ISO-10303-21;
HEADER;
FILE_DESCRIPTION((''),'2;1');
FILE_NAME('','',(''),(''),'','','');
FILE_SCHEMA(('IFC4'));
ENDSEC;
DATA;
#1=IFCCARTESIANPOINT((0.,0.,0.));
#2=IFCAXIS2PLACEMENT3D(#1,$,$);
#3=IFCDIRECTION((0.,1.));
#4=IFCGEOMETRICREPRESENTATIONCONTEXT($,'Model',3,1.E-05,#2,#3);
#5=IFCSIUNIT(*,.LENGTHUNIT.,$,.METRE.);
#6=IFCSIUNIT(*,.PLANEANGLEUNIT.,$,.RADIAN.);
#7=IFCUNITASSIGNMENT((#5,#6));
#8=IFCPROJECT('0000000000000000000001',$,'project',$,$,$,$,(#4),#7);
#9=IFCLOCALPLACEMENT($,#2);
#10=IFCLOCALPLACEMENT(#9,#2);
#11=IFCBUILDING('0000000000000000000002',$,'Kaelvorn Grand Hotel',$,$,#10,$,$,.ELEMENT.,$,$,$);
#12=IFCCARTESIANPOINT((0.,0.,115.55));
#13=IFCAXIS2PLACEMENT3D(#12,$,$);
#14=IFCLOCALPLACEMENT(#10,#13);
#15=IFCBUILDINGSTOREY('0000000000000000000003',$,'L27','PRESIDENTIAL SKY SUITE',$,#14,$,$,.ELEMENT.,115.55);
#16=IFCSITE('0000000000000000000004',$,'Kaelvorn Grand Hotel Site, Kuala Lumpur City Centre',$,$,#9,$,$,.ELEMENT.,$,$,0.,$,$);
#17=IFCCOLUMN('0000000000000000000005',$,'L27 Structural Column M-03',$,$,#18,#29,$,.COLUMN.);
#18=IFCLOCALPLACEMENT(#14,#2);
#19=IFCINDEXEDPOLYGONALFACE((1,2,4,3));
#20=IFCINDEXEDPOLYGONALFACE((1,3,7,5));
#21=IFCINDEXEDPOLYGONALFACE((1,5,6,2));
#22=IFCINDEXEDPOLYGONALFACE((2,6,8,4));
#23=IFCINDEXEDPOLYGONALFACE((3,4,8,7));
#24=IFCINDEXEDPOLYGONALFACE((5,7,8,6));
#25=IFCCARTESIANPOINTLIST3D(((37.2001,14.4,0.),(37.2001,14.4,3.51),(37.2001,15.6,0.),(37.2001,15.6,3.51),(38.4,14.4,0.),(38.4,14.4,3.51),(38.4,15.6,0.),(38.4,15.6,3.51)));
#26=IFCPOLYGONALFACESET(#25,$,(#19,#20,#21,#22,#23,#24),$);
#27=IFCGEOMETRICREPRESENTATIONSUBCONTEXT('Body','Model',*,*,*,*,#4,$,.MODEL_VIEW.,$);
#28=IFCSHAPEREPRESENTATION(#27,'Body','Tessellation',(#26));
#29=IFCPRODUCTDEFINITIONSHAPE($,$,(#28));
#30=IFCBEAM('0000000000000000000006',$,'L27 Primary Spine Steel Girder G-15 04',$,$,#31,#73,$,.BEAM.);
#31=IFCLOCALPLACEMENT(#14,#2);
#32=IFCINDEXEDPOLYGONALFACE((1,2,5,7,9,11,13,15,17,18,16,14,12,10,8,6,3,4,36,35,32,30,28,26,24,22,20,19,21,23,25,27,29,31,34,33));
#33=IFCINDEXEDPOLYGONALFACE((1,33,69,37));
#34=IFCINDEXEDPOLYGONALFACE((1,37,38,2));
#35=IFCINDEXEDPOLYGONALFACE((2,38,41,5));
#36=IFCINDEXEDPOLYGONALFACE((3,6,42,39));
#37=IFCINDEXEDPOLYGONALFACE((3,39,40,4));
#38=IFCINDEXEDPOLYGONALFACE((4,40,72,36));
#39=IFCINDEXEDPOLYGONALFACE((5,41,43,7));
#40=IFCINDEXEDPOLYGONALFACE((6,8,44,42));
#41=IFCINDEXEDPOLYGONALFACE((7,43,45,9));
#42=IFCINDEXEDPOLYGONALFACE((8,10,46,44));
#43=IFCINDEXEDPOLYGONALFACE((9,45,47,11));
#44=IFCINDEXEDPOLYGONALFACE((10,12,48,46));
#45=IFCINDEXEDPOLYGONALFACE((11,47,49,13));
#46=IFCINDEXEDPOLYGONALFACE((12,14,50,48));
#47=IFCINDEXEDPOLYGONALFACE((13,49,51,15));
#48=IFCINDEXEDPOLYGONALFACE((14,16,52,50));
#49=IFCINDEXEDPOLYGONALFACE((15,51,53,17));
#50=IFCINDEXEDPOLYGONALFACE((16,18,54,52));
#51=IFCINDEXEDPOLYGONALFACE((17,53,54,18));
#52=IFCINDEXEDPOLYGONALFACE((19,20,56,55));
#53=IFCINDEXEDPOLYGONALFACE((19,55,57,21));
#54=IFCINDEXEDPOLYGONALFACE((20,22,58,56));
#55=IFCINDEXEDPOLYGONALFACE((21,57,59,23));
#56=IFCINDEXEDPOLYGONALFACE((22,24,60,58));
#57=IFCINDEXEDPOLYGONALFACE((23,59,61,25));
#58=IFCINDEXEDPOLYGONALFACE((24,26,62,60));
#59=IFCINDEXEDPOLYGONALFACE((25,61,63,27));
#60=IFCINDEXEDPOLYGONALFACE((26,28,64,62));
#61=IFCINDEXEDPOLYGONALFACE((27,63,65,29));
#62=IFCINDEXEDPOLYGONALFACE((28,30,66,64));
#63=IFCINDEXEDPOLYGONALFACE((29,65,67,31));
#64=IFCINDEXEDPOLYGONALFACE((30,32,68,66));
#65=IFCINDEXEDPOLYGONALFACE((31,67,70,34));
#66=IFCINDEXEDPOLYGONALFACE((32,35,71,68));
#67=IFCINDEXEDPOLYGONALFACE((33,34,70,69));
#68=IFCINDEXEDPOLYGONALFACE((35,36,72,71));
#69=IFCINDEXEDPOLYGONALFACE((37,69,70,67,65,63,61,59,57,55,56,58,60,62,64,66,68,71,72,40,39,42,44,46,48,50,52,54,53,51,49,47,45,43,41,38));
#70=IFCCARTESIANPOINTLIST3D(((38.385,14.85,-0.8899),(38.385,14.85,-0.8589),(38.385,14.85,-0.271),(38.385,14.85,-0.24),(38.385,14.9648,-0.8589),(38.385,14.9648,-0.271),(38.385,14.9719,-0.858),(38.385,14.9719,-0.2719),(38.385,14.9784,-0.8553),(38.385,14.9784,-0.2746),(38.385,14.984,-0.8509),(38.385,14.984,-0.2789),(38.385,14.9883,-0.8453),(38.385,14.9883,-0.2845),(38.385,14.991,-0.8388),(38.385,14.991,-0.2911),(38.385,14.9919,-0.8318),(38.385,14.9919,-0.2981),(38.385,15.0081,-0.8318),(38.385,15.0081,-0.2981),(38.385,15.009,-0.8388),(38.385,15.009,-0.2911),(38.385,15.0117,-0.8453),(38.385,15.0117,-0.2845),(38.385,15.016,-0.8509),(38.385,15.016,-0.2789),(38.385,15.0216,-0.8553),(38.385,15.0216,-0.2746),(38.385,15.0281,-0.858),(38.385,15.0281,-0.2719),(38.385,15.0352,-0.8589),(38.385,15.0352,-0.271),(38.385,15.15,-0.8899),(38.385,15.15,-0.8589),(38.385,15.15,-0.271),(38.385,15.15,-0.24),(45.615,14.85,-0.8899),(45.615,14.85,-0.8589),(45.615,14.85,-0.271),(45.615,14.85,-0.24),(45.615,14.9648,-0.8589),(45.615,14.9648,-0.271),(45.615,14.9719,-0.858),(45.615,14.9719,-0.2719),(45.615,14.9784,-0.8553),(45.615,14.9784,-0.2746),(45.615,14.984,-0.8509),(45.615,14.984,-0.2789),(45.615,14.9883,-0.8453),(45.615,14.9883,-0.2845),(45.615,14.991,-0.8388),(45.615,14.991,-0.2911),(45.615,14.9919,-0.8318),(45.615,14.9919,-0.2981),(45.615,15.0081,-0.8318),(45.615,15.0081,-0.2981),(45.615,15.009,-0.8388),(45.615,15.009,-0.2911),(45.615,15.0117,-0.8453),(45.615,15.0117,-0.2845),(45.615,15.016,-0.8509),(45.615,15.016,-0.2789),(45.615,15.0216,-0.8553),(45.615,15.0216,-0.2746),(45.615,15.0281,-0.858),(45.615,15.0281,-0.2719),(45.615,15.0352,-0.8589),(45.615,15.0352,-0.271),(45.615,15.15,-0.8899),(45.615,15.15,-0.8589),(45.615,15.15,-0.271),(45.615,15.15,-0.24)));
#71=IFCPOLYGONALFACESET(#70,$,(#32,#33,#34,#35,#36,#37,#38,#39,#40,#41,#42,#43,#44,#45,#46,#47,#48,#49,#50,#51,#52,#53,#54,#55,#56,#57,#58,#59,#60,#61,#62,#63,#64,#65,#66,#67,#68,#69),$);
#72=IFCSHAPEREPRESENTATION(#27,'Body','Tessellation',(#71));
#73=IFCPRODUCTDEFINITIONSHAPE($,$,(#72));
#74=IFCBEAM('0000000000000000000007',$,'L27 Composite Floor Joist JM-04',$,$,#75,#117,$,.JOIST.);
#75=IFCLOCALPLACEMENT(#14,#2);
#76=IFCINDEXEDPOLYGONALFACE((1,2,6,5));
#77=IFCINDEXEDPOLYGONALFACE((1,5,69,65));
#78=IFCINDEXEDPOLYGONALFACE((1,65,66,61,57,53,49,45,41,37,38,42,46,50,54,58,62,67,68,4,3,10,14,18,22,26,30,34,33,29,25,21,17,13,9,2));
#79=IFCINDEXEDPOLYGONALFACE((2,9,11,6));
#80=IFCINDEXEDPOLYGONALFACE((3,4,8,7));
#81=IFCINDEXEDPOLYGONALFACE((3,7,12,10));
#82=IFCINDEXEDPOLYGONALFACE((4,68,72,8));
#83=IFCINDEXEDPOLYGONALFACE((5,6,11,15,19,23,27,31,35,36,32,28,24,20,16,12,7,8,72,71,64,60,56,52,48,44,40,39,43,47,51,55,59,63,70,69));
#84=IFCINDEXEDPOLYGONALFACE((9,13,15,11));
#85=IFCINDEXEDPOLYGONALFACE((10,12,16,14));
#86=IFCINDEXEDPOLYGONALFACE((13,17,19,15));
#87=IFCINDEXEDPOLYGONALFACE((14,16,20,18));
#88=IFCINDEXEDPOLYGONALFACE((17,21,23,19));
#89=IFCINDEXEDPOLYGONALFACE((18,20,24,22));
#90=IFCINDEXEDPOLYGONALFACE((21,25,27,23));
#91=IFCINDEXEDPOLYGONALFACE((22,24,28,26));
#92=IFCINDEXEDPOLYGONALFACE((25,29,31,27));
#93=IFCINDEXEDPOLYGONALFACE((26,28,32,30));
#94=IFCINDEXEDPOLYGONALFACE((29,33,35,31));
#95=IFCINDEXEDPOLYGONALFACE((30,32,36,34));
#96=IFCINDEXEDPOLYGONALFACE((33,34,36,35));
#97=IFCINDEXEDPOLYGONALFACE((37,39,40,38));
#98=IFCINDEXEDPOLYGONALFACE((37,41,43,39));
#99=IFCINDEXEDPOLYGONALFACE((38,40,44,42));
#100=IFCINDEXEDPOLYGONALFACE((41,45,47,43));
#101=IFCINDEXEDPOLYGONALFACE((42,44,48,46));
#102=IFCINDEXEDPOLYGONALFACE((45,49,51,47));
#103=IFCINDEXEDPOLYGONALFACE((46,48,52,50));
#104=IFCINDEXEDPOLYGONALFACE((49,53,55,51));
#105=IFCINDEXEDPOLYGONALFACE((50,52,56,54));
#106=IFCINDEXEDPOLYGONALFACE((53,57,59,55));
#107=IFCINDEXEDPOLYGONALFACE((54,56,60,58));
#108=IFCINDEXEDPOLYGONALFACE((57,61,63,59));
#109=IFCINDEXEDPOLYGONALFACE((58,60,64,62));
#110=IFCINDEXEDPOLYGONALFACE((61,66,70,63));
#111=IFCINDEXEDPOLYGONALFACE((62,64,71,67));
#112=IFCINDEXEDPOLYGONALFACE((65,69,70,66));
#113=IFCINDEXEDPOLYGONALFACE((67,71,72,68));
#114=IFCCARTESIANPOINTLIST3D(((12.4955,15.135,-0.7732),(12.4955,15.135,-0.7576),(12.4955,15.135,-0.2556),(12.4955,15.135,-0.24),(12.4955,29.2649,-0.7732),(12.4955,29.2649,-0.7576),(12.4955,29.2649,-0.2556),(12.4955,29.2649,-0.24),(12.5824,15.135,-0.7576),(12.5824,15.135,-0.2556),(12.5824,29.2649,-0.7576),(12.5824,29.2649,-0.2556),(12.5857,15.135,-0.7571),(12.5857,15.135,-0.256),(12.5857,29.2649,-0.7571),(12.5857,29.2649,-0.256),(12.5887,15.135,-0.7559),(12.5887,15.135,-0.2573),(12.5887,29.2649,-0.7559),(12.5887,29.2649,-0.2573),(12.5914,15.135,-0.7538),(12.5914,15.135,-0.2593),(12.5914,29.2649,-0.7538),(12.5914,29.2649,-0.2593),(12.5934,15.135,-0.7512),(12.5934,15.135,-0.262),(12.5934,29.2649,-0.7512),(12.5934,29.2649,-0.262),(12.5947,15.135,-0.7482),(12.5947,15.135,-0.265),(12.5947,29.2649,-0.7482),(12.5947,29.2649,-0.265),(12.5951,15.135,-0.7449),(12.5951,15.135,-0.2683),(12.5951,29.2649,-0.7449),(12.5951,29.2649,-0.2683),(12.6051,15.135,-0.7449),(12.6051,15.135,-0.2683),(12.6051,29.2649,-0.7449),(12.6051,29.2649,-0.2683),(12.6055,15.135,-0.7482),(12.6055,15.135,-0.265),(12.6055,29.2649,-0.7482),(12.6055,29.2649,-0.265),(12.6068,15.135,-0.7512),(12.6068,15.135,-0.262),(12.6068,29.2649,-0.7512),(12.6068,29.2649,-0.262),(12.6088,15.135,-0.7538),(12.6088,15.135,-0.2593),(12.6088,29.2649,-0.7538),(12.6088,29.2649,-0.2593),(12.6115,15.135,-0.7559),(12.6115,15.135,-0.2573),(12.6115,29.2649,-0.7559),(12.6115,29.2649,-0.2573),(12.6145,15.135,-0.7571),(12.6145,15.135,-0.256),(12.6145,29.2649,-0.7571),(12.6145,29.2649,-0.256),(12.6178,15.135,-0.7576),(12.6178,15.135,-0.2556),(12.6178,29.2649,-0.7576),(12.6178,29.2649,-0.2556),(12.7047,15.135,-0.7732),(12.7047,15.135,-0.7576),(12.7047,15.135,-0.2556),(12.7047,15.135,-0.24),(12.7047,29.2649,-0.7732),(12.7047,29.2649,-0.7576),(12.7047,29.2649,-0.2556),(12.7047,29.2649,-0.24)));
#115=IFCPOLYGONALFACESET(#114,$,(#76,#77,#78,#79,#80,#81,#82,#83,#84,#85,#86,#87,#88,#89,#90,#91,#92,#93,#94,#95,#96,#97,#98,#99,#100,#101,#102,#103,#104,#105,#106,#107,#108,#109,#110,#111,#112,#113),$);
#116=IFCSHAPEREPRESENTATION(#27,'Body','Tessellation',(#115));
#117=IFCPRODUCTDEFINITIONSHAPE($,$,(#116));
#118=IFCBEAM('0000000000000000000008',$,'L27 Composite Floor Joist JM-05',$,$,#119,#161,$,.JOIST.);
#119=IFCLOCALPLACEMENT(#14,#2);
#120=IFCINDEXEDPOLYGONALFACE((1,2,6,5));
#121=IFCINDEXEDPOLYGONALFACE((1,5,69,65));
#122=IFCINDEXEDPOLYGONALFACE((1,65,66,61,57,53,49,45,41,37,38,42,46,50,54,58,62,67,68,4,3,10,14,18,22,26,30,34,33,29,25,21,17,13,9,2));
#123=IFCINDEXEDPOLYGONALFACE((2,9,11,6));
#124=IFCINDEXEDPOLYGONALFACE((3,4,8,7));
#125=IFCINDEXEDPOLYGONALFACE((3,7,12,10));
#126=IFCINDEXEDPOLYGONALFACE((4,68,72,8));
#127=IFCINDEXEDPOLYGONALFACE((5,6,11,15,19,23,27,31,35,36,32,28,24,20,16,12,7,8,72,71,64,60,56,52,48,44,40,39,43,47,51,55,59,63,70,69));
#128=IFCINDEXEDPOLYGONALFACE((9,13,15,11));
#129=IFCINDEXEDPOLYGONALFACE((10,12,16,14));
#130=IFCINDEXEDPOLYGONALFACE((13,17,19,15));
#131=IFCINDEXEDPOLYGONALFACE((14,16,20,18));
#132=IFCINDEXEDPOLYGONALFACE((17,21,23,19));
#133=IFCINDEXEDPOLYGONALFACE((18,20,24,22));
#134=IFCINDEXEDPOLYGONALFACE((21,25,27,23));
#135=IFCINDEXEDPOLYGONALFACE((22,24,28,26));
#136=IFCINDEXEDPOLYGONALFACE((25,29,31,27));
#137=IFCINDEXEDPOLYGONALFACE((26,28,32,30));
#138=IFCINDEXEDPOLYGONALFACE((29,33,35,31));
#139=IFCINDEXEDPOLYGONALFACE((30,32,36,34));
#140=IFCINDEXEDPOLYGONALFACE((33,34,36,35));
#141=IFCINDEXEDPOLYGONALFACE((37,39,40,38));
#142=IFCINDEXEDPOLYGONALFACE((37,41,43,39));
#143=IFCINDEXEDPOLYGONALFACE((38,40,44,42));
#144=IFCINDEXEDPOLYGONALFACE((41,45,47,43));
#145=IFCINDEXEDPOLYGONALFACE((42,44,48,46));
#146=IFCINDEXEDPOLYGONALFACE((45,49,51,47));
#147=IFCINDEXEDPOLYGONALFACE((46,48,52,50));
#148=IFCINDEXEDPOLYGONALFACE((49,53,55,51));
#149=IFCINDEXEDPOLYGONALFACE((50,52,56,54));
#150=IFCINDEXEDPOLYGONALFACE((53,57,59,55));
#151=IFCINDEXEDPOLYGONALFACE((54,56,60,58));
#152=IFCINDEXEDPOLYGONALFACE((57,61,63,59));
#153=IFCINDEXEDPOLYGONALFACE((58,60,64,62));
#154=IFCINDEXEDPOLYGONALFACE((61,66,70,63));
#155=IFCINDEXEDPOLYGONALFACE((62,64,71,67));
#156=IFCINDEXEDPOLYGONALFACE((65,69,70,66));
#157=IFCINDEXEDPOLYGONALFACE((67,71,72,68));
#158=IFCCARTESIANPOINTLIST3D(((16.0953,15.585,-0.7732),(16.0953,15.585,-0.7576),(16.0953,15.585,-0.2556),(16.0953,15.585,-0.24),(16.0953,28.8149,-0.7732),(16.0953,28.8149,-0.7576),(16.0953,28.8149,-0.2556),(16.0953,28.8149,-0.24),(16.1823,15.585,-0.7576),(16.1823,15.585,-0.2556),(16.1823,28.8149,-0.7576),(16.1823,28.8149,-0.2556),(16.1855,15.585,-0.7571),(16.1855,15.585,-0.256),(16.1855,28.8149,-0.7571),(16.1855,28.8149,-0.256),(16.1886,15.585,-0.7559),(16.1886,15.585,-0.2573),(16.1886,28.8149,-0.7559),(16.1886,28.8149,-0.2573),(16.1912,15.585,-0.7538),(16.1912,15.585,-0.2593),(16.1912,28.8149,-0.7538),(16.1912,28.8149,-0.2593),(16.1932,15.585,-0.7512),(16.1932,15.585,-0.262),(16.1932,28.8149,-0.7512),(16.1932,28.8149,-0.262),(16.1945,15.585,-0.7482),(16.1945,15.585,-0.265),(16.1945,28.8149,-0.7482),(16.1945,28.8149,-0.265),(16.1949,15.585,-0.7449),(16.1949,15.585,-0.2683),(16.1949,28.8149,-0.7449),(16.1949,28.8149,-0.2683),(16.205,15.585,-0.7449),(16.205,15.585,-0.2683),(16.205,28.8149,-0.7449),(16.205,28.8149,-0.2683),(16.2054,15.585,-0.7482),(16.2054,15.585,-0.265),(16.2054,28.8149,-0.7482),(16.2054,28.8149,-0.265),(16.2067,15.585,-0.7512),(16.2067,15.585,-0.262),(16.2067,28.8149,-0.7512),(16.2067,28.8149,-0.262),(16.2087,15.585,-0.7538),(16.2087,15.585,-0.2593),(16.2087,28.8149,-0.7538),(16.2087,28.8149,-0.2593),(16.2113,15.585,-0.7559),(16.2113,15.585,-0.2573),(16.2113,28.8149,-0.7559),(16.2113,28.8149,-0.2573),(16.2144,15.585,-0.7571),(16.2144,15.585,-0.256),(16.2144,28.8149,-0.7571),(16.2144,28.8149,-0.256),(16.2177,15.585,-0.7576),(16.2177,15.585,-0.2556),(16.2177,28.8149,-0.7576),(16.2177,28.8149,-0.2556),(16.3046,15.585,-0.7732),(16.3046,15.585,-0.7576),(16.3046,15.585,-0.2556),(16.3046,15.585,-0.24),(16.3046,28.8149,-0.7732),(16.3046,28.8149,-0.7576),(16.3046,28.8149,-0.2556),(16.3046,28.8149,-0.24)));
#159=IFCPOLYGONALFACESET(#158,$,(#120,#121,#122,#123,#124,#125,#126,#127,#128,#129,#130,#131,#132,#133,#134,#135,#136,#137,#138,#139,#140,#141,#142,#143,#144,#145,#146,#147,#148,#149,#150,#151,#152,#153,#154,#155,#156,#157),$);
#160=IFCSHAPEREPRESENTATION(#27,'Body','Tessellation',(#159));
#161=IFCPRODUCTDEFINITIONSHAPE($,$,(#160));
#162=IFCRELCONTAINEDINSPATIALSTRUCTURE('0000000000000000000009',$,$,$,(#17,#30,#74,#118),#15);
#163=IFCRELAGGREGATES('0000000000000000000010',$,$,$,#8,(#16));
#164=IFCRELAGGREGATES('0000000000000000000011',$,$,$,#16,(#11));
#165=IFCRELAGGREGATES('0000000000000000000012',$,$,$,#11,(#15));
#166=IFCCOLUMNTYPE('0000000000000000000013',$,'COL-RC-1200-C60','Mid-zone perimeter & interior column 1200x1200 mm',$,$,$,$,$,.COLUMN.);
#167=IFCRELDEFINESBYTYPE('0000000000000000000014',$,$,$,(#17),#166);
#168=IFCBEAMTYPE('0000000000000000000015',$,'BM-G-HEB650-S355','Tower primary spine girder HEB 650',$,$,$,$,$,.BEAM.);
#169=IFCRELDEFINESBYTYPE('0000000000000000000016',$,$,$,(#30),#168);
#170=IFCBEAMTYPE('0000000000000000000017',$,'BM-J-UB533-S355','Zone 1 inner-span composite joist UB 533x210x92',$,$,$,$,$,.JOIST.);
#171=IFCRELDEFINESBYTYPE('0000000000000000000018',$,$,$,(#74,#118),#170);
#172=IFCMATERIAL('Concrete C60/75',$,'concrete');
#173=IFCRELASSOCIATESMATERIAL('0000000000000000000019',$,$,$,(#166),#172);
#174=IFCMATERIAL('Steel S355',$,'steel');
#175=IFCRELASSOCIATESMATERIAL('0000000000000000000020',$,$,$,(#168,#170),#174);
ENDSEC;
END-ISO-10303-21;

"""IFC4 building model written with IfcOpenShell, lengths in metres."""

from ifc_helpers import new_model, si_unit, direction, frame, origin, origin_2d, place, context, subcontext, project, spatial, rectangle, i_section, extrude, material, material_profile, profile_set, type_object, element, save


model = new_model("IFC4")

# Units and contexts
model_context = context("Model", 3, precision=1e-05, world=origin(), true_north=direction((0.0, 1.0)))
body_context = subcontext(model_context, "Body", "Model", "MODEL_VIEW")
ifc_project = project(units=[si_unit("LENGTHUNIT", "METRE"), si_unit("PLANEANGLEUNIT", "RADIAN")], contexts=[model_context])

# Site, building, storey
site_placement = place(None, origin())
site = spatial("IfcSite", under=ifc_project, at=site_placement, Name="Kaelvorn Grand Hotel Site, Kuala Lumpur City Centre", CompositionType="ELEMENT", RefElevation=0.0)
building_placement = place(site_placement, origin())
building = spatial("IfcBuilding", under=site, at=building_placement, Name="Kaelvorn Grand Hotel", CompositionType="ELEMENT")
storey_placement = place(building_placement, frame((0.0, 0.0, 115.55)))
storey = spatial("IfcBuildingStorey", under=building, at=storey_placement, Name="L27", Description="PRESIDENTIAL SKY SUITE", CompositionType="ELEMENT", Elevation=115.55)

# Column
ifc_material_1 = material(Name="Concrete C60/75", Category="concrete")
ifc_material_profile_1 = material_profile(ifc_material_1, rectangle(XDim=1.2, YDim=1.2, at=origin_2d()), Name="RC COL 1200x1200")
ifc_profile_set_1 = profile_set([ifc_material_profile_1], Name="Concrete C60/75")
column_type = type_object("IfcColumnType", Name="COL-RC-1200-C60", Description="Mid-zone perimeter & interior column 1200x1200 mm", PredefinedType="COLUMN", material=ifc_profile_set_1)
column_placement = place(storey_placement, frame((37.8, 15.0, 0.0), z_axis=(0.0, 0.0, 1.0), x_axis=(1.0, 0.0, 0.0)))
element("IfcColumn", 1, at=column_placement, inside=storey, type_object=column_type, Name="L27 Structural Column M-03", PredefinedType="COLUMN", context=body_context, shape_type="SweptSolid", body=[
    extrude(rectangle(XDim=1.2, YDim=1.2, at=origin_2d()), origin(), (0.0, 0.0, 1.0), 3.51),
])

# Beams
ifc_material_2 = material(Name="Steel S355", Category="steel")
ifc_material_profile_2 = material_profile(ifc_material_2, i_section(OverallWidth=0.3, OverallDepth=0.6499, WebThickness=0.0161, FlangeThickness=0.031, FilletRadius=0.0271, at=origin_2d()), Name="HEB 650")
ifc_profile_set_2 = profile_set([ifc_material_profile_2], Name="Steel S355")
beam_type_1 = type_object("IfcBeamType", Name="BM-G-HEB650-S355", Description="Tower primary spine girder HEB 650", PredefinedType="BEAM", material=ifc_profile_set_2)
beam_1_placement = place(storey_placement, frame((38.385, 15.0, -0.5649), z_axis=(1.0, 0.0, 0.0), x_axis=(0.0, 1.0, 0.0)))
element("IfcBeam", 2, at=beam_1_placement, inside=storey, type_object=beam_type_1, Name="L27 Primary Spine Steel Girder G-15 04", PredefinedType="BEAM", context=body_context, shape_type="SweptSolid", body=[
    extrude(i_section(OverallWidth=0.3, OverallDepth=0.6499, WebThickness=0.0161, FlangeThickness=0.031, FilletRadius=0.0271, at=origin_2d()), origin(), (0.0, 0.0, 1.0), 7.23),
])
ifc_material_profile_3 = material_profile(ifc_material_2, i_section(OverallWidth=0.2092, OverallDepth=0.5332, WebThickness=0.01, FlangeThickness=0.0156, FilletRadius=0.0127, at=origin_2d()), Name="UB 533x210x92")
ifc_profile_set_3 = profile_set([ifc_material_profile_3], Name="Steel S355")
beam_type_2 = type_object("IfcBeamType", Name="BM-J-UB533-S355", Description="Zone 1 inner-span composite joist UB 533x210x92", PredefinedType="JOIST", material=ifc_profile_set_3)
beam_2_placement = place(storey_placement, frame((12.6001, 15.135, -0.5066), z_axis=(0.0, 1.0, 0.0), x_axis=(-1.0, 0.0, 0.0)))
element("IfcBeam", 3, at=beam_2_placement, inside=storey, type_object=beam_type_2, Name="L27 Composite Floor Joist JM-04", PredefinedType="JOIST", context=body_context, shape_type="SweptSolid", body=[
    extrude(i_section(OverallWidth=0.2092, OverallDepth=0.5332, WebThickness=0.01, FlangeThickness=0.0156, FilletRadius=0.0127, at=origin_2d()), origin(), (0.0, 0.0, 1.0), 14.1299),
])
beam_3_placement = place(storey_placement, frame((16.2, 15.585, -0.5066), z_axis=(0.0, 1.0, 0.0), x_axis=(-1.0, 0.0, 0.0)))
element("IfcBeam", 4, at=beam_3_placement, inside=storey, type_object=beam_type_2, Name="L27 Composite Floor Joist JM-05", PredefinedType="JOIST", context=body_context, shape_type="SweptSolid", body=[
    extrude(i_section(OverallWidth=0.2092, OverallDepth=0.5332, WebThickness=0.01, FlangeThickness=0.0156, FilletRadius=0.0127, at=origin_2d()), origin(), (0.0, 0.0, 1.0), 13.23),
])

save(model, "model.ifc")
